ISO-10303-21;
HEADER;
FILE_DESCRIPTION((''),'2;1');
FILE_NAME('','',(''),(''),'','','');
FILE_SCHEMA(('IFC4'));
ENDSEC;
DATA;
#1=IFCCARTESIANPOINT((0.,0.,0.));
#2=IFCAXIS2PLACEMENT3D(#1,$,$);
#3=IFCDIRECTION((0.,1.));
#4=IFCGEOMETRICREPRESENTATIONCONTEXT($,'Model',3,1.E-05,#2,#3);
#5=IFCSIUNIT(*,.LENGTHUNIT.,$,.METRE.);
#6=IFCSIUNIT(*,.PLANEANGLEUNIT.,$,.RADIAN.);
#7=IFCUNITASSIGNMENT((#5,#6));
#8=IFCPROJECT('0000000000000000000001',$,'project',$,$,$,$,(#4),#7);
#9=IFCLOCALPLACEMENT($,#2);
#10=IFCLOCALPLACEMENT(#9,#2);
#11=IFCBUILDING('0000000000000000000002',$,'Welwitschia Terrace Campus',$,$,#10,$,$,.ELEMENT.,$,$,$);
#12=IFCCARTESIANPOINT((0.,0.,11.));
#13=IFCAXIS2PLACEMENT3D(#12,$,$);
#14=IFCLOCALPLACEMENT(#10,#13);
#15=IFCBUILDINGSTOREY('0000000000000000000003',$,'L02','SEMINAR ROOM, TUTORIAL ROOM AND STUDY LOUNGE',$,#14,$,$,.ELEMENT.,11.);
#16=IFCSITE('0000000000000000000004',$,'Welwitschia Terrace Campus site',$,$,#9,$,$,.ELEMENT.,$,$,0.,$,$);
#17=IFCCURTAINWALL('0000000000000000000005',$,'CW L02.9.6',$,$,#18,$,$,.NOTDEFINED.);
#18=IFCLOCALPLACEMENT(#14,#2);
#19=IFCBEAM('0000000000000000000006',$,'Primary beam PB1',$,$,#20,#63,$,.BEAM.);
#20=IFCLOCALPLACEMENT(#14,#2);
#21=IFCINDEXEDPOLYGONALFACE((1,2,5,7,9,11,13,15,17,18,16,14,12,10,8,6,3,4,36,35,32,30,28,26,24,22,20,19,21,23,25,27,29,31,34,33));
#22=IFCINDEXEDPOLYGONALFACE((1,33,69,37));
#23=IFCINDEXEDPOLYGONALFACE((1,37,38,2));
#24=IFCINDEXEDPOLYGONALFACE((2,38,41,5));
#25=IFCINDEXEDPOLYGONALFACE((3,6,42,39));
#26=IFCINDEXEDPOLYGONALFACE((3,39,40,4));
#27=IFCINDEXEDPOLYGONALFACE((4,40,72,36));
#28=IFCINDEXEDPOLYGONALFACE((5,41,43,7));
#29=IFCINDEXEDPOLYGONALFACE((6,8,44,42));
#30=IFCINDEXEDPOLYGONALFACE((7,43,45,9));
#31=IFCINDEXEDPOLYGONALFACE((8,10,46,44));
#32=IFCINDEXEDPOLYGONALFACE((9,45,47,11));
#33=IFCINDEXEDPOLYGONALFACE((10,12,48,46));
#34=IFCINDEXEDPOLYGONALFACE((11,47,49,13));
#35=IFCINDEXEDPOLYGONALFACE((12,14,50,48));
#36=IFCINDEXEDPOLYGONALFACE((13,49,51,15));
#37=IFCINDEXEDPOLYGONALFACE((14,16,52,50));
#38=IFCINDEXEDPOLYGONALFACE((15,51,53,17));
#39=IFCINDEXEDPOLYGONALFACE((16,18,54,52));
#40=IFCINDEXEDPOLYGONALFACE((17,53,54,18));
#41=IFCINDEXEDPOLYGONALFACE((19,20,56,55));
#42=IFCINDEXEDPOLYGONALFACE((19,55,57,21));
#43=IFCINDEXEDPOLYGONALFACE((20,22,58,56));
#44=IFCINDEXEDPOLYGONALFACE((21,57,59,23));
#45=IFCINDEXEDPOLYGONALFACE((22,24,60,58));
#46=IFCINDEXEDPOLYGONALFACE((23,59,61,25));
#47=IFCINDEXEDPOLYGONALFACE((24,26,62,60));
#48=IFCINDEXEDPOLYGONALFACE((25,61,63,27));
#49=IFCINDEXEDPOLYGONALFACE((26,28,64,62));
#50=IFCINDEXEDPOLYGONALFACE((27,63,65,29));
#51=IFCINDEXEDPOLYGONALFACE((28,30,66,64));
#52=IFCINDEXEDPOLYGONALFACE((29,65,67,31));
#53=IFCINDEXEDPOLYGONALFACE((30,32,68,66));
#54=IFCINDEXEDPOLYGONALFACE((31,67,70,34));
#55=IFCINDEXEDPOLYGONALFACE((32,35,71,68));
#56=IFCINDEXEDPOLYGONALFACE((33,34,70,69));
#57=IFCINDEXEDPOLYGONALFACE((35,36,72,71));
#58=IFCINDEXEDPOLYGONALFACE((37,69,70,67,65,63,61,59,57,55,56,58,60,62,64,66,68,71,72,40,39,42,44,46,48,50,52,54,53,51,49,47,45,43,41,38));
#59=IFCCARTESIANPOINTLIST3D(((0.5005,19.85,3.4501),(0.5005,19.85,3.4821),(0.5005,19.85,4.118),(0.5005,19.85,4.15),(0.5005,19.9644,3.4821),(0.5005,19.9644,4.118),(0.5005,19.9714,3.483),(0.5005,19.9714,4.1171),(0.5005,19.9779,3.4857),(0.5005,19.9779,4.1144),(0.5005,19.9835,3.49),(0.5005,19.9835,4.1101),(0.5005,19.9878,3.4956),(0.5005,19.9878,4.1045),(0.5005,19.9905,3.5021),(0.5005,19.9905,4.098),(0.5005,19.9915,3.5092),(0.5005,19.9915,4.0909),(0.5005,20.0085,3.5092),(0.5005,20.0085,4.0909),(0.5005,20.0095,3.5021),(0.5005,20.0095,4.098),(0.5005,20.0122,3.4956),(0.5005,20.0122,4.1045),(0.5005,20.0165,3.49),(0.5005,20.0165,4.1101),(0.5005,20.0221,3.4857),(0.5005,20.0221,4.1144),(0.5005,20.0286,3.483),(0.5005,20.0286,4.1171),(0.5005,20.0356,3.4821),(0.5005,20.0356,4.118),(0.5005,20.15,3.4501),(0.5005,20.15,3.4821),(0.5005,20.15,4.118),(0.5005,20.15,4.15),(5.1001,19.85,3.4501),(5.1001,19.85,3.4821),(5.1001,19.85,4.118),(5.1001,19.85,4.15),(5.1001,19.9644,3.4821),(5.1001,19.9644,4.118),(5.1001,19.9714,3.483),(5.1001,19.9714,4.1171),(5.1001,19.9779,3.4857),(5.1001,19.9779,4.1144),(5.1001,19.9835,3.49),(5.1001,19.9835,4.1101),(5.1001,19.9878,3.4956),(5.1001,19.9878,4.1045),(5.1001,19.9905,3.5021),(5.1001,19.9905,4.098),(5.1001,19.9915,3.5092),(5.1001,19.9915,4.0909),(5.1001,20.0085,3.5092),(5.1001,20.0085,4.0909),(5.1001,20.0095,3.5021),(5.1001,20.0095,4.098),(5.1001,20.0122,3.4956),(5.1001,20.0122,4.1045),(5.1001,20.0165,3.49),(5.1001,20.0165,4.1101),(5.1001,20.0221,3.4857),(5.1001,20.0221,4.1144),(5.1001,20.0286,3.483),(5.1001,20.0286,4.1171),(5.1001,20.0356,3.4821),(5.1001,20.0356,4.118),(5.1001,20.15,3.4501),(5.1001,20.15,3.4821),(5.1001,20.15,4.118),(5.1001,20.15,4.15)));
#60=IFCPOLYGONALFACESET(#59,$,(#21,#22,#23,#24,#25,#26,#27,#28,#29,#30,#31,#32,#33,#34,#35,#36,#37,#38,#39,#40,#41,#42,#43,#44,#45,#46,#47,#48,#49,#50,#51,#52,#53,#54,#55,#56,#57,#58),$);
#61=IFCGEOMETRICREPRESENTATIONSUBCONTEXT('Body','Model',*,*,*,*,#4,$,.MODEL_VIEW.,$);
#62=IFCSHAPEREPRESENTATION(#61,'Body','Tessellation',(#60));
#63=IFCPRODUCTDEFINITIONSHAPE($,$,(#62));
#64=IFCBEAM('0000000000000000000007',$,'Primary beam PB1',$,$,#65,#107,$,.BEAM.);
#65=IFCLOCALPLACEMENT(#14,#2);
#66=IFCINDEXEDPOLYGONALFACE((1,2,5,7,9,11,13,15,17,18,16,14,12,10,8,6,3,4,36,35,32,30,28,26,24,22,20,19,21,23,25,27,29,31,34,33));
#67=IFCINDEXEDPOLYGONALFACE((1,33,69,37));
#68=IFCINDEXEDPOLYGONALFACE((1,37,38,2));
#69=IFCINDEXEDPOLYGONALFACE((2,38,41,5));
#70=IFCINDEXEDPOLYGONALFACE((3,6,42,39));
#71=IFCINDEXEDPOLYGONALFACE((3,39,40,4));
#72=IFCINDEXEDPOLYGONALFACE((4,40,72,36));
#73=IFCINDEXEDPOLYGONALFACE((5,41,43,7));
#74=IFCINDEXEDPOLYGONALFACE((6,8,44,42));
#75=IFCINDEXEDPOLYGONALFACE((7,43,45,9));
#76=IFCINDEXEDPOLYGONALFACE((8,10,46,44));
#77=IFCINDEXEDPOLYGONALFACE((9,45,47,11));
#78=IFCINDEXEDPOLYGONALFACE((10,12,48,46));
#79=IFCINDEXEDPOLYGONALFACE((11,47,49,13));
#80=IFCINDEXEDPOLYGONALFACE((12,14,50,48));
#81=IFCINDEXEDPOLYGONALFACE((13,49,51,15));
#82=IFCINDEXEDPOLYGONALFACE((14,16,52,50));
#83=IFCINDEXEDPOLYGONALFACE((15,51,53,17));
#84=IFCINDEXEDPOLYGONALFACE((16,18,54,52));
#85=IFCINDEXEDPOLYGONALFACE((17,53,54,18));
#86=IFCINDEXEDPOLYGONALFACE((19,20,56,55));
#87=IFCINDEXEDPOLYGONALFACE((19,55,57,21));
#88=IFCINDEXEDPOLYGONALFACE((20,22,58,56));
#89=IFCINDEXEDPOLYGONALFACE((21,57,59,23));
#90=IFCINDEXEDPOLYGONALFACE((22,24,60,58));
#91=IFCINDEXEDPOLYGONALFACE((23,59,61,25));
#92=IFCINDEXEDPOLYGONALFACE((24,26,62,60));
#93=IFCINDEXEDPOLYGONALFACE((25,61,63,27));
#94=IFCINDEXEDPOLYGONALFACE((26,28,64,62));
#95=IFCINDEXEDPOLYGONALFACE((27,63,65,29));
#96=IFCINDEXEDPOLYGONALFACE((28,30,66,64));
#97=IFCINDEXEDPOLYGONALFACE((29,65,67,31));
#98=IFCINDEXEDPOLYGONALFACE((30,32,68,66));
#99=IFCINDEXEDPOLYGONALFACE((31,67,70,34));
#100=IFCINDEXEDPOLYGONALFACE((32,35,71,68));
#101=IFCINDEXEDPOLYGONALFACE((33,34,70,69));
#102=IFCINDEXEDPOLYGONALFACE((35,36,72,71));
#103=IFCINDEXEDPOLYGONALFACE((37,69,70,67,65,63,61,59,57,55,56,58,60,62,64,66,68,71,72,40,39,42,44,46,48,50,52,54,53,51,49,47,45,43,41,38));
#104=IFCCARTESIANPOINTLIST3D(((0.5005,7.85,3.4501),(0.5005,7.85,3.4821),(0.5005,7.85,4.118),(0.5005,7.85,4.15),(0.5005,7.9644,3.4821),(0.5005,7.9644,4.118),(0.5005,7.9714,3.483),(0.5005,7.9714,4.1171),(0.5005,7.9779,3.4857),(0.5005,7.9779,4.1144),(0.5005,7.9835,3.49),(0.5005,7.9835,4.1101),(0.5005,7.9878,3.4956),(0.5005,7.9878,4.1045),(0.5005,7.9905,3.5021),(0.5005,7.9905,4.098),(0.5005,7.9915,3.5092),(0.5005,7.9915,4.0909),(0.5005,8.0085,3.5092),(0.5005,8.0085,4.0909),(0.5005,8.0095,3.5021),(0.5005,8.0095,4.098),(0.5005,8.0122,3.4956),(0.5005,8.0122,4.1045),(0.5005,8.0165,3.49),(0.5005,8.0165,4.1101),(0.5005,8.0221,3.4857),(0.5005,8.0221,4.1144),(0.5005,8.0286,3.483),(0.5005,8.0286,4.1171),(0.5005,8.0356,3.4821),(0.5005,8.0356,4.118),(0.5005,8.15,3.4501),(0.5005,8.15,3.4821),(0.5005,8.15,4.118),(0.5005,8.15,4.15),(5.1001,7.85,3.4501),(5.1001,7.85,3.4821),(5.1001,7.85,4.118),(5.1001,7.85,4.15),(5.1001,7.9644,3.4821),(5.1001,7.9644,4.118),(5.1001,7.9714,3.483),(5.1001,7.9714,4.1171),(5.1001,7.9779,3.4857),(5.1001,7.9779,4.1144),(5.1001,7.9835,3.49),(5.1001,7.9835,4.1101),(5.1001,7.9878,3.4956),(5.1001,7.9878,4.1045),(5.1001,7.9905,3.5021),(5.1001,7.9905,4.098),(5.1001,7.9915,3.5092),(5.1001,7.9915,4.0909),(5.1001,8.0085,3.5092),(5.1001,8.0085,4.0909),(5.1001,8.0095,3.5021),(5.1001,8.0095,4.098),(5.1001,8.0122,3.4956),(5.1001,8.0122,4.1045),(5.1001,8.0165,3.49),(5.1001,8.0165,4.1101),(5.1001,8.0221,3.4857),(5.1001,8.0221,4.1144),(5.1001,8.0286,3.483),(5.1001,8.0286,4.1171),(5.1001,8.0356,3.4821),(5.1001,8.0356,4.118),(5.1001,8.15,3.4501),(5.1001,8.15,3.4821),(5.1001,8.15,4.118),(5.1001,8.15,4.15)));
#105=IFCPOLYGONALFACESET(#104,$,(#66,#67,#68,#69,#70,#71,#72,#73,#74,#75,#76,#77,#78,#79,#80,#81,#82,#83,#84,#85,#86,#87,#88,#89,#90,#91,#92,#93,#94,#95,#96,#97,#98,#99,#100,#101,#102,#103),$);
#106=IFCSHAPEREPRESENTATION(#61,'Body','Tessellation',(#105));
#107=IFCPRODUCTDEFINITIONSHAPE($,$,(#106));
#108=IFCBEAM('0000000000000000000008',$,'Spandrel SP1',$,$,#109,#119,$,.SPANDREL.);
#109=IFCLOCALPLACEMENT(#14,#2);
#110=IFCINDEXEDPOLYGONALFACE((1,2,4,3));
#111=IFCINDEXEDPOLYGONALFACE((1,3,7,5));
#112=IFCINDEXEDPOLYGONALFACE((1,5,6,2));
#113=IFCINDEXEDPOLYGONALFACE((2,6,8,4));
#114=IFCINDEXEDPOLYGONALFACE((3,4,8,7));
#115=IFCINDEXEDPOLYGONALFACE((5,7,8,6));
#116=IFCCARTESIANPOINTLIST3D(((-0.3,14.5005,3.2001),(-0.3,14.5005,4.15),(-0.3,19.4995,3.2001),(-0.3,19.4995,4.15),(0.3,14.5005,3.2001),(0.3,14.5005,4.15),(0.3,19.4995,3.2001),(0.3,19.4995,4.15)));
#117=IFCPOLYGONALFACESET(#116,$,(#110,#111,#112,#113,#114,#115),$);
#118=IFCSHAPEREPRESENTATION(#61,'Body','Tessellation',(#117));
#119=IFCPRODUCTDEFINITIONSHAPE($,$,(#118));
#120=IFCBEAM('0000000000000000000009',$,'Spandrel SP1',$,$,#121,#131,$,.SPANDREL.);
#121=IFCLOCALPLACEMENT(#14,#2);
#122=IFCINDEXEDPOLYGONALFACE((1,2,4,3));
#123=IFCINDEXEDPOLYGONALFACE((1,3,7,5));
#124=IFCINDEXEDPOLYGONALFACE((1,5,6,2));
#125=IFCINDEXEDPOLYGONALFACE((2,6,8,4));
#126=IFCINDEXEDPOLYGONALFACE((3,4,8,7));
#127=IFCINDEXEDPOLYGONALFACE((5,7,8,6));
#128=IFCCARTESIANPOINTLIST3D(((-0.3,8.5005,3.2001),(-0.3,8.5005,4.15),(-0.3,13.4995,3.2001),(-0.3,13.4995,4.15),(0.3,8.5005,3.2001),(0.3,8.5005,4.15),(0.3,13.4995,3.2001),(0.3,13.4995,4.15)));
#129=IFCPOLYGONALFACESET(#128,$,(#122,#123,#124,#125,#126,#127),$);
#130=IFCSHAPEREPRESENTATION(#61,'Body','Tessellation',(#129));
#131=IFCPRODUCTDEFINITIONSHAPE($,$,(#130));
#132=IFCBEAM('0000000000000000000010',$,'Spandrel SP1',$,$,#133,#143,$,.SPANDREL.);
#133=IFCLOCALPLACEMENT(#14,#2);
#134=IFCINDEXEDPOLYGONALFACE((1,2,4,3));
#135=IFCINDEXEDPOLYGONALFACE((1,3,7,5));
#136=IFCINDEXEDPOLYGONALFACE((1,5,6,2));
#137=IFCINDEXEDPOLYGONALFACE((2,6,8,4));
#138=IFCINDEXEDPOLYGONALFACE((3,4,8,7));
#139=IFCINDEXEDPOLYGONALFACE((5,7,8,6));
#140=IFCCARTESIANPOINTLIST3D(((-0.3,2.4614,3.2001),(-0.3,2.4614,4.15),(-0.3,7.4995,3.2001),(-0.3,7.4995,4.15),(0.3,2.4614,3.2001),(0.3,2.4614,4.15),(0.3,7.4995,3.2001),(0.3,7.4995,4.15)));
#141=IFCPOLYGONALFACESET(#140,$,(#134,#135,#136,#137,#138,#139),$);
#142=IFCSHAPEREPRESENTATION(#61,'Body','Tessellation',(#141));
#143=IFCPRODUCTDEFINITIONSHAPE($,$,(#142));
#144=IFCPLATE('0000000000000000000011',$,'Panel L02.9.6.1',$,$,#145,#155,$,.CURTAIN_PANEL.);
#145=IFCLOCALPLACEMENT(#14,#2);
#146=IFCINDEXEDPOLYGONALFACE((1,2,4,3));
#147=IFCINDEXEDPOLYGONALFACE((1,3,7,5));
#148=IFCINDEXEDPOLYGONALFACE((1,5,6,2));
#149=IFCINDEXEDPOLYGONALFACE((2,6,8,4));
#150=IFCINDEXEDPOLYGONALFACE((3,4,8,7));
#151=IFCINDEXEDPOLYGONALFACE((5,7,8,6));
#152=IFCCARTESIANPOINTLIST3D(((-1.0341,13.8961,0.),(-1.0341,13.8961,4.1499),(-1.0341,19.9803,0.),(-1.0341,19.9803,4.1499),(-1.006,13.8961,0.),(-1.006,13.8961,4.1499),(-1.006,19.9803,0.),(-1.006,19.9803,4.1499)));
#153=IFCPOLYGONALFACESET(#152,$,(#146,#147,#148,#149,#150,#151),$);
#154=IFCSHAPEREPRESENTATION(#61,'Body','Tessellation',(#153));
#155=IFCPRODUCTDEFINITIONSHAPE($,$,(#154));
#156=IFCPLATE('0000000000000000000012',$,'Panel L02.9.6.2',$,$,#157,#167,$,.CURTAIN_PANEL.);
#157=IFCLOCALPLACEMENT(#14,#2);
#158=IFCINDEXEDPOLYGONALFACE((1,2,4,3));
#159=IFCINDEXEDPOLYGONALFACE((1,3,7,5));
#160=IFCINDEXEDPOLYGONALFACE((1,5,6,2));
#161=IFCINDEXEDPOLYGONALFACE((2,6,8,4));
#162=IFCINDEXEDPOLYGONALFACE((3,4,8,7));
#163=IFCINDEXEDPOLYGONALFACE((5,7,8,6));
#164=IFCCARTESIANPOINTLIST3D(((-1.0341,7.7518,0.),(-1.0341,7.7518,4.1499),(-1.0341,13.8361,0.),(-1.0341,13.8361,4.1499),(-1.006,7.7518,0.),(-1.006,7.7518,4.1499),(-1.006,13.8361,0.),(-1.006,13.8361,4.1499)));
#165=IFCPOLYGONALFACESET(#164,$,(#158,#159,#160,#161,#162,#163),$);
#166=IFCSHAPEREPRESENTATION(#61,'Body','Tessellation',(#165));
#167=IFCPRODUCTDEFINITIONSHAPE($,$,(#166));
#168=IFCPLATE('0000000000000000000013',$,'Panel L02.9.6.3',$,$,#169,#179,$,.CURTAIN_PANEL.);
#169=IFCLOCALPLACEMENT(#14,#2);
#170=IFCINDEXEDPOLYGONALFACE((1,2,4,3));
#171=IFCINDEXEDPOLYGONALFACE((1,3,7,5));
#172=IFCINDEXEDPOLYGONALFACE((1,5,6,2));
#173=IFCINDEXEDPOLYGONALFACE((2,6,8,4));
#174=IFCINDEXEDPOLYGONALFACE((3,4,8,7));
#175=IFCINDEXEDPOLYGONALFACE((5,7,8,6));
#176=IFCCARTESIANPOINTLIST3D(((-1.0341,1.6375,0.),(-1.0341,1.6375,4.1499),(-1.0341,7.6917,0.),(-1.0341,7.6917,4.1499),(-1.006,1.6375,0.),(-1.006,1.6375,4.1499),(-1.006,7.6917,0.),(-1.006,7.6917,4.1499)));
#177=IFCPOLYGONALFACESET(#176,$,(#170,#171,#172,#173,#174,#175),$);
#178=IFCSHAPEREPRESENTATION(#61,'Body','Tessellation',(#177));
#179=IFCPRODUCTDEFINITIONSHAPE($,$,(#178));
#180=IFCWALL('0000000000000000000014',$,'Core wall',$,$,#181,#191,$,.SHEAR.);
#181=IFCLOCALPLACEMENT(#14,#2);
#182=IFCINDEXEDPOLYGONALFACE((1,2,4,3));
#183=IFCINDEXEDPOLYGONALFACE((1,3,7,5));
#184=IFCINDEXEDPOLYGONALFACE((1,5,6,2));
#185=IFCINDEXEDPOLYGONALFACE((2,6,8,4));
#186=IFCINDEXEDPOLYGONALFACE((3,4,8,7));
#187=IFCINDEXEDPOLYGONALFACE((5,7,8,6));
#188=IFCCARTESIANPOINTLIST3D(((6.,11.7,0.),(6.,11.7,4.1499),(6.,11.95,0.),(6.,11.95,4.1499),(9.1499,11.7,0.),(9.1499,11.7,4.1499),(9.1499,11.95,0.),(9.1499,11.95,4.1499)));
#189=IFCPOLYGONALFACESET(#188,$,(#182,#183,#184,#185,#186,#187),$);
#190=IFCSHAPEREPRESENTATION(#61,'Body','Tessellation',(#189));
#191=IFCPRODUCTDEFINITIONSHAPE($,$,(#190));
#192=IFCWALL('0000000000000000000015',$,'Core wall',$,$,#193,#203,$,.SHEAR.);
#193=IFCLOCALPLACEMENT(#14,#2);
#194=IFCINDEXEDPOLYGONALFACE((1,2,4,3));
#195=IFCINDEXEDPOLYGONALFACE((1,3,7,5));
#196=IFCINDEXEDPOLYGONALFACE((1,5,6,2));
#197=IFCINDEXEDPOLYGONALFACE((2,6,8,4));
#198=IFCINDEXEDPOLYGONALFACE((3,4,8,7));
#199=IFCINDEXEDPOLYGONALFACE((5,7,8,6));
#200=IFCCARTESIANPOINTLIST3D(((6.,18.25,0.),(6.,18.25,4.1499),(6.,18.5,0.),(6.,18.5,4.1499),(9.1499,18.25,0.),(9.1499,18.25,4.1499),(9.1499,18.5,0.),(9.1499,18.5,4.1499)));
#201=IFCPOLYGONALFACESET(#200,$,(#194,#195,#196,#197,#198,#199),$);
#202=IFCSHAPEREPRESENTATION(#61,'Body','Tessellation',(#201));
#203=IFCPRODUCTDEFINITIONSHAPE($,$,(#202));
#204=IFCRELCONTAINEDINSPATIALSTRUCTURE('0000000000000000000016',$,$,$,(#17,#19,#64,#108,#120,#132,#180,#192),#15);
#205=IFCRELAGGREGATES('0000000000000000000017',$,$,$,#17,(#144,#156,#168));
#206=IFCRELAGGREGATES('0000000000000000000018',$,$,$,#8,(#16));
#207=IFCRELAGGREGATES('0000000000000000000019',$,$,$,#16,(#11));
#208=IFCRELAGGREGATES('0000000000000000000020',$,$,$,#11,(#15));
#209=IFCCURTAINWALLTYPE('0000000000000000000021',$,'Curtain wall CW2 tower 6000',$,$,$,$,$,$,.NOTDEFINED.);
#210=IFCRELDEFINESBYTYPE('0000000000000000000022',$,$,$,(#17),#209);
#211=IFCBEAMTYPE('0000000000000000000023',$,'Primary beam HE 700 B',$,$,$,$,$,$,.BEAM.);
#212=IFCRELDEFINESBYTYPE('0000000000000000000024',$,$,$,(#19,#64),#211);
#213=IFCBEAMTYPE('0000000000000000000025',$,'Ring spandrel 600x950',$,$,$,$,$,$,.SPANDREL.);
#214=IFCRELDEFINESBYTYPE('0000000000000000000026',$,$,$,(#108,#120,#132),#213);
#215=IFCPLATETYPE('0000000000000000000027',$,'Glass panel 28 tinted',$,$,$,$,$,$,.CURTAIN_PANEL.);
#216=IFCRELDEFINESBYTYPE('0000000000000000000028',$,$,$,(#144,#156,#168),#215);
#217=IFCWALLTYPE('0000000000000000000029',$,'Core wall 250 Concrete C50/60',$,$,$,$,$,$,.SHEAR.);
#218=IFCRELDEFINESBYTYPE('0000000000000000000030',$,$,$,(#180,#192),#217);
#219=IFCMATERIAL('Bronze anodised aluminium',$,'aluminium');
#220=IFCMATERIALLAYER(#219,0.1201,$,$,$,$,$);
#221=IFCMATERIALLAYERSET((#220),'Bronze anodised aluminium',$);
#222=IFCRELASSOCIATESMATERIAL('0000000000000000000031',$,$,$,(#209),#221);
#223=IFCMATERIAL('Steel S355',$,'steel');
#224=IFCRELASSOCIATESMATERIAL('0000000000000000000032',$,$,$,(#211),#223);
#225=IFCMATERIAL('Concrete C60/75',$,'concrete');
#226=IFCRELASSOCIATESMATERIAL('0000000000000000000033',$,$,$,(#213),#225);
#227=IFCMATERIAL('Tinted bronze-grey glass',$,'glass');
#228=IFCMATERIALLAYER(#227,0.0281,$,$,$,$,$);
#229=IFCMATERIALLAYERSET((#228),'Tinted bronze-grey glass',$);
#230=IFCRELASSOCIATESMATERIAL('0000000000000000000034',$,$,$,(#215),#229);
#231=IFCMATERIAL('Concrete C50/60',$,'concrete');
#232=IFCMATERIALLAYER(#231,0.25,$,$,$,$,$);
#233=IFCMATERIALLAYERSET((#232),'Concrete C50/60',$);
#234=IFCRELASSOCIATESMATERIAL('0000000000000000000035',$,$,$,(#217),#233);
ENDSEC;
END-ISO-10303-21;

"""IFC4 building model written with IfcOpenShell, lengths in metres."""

from ifc_helpers import new_model, si_unit, direction, frame, frame_2d, origin, origin_2d, place, context, subcontext, project, spatial, rectangle, i_section, extrude, material, layer, layer_set, material_profile, profile_set, type_object, element, aggregate, save


model = new_model("IFC4")

# Units and contexts
model_context = context("Model", 3, precision=1e-05, world=origin(), true_north=direction((0.0, 1.0)))
body_context = subcontext(model_context, "Body", "Model", "MODEL_VIEW")
ifc_project = project(units=[si_unit("LENGTHUNIT", "METRE"), si_unit("PLANEANGLEUNIT", "RADIAN")], contexts=[model_context])

# Site, building, storey
site_placement = place(None, origin())
site = spatial("IfcSite", under=ifc_project, at=site_placement, Name="Welwitschia Terrace Campus site", CompositionType="ELEMENT", RefElevation=0.0)
building_placement = place(site_placement, origin())
building = spatial("IfcBuilding", under=site, at=building_placement, Name="Welwitschia Terrace Campus", CompositionType="ELEMENT")
storey_placement = place(building_placement, frame((0.0, 0.0, 11.0)))
storey = spatial("IfcBuildingStorey", under=building, at=storey_placement, Name="L02", Description="SEMINAR ROOM, TUTORIAL ROOM AND STUDY LOUNGE", CompositionType="ELEMENT", Elevation=11.0)

# Curtain wall
ifc_material_1 = material(Name="Bronze anodised aluminium", Category="aluminium")
ifc_layer_1 = layer(ifc_material_1, 0.1201)
ifc_layer_set_1 = layer_set([ifc_layer_1], Name="Bronze anodised aluminium")
curtain_wall_type = type_object("IfcCurtainWallType", Name="Curtain wall CW2 tower 6000", PredefinedType="NOTDEFINED", material=ifc_layer_set_1)
curtain_wall_placement = place(storey_placement, origin())
curtain_wall = element("IfcCurtainWall", 1, at=curtain_wall_placement, inside=storey, type_object=curtain_wall_type, Name="CW L02.9.6", PredefinedType="NOTDEFINED")

# Beams
ifc_material_2 = material(Name="Steel S355", Category="steel")
ifc_material_profile_1 = material_profile(ifc_material_2, i_section(OverallWidth=0.3, OverallDepth=0.7, WebThickness=0.0171, FlangeThickness=0.032, FilletRadius=0.0271, at=origin_2d()))
ifc_profile_set_1 = profile_set([ifc_material_profile_1], Name="Steel S355")
beam_type_1 = type_object("IfcBeamType", Name="Primary beam HE 700 B", PredefinedType="BEAM", material=ifc_profile_set_1)
for number, where, z_axis, x_axis, name in (
    (2, (0.5005, 20.0, 3.8), (1.0, 0.0, 0.0), (0.0, 1.0, 0.0), "Primary beam PB1"),
    (3, (0.5005, 8.0, 3.8), (1.0, 0.0, 0.0), (0.0, 1.0, 0.0), "Primary beam PB1"),
):
    element("IfcBeam", number, at=place(storey_placement, frame(where, z_axis=z_axis, x_axis=x_axis)), inside=storey, type_object=beam_type_1, Name=name, PredefinedType="BEAM", context=body_context, shape_type="SweptSolid", body=[
        extrude(i_section(OverallWidth=0.3, OverallDepth=0.7, WebThickness=0.0171, FlangeThickness=0.032, FilletRadius=0.0271, at=origin_2d()), origin(), (0.0, 0.0, 1.0), 4.5996),
    ])
ifc_material_3 = material(Name="Concrete C60/75", Category="concrete")
ifc_material_profile_2 = material_profile(ifc_material_3, rectangle(XDim=0.6001, YDim=0.95, at=origin_2d()))
ifc_profile_set_2 = profile_set([ifc_material_profile_2], Name="Concrete C60/75")
beam_type_2 = type_object("IfcBeamType", Name="Ring spandrel 600x950", PredefinedType="SPANDREL", material=ifc_profile_set_2)
for number, where, z_axis, x_axis, name in (
    (4, (0.0, 19.4995, 3.675), (0.0, -1.0, 0.0), (1.0, 0.0, 0.0), "Spandrel SP1"),
    (5, (0.0, 13.4995, 3.675), (0.0, -1.0, 0.0), (1.0, 0.0, 0.0), "Spandrel SP1"),
):
    element("IfcBeam", number, at=place(storey_placement, frame(where, z_axis=z_axis, x_axis=x_axis)), inside=storey, type_object=beam_type_2, Name=name, PredefinedType="SPANDREL", context=body_context, shape_type="SweptSolid", body=[
        extrude(rectangle(XDim=0.6001, YDim=0.95, at=origin_2d()), origin(), (0.0, 0.0, 1.0), 4.999),
    ])
beam_placement = place(storey_placement, frame((0.0, 7.4995, 3.675), z_axis=(0.0, -1.0, 0.0), x_axis=(1.0, 0.0, 0.0)))
element("IfcBeam", 6, at=beam_placement, inside=storey, type_object=beam_type_2, Name="Spandrel SP1", PredefinedType="SPANDREL", context=body_context, shape_type="SweptSolid", body=[
    extrude(rectangle(XDim=0.6001, YDim=0.95, at=origin_2d()), origin(), (0.0, 0.0, 1.0), 5.0381),
])

# Plates
ifc_material_4 = material(Name="Tinted bronze-grey glass", Category="glass")
ifc_layer_2 = layer(ifc_material_4, 0.0281)
ifc_layer_set_2 = layer_set([ifc_layer_2], Name="Tinted bronze-grey glass")
plate_type = type_object("IfcPlateType", Name="Glass panel 28 tinted", PredefinedType="CURTAIN_PANEL", material=ifc_layer_set_2)
plate_1_placement = place(storey_placement, frame((-1.02, 16.9382, 0.0), z_axis=(0.0, 0.0, 1.0), x_axis=(0.0, -1.0, 0.0)))
plate_1 = element("IfcPlate", 7, at=plate_1_placement, type_object=plate_type, Name="Panel L02.9.6.1", PredefinedType="CURTAIN_PANEL", context=body_context, shape_type="SweptSolid", body=[
    extrude(rectangle(XDim=6.0842, YDim=0.0281, at=origin_2d()), origin(), (0.0, 0.0, 1.0), 4.1499),
])
plate_2_placement = place(storey_placement, frame((-1.02, 10.7939, 0.0), z_axis=(0.0, 0.0, 1.0), x_axis=(0.0, -1.0, 0.0)))
plate_2 = element("IfcPlate", 8, at=plate_2_placement, type_object=plate_type, Name="Panel L02.9.6.2", PredefinedType="CURTAIN_PANEL", context=body_context, shape_type="SweptSolid", body=[
    extrude(rectangle(XDim=6.0842, YDim=0.0281, at=origin_2d()), origin(), (0.0, 0.0, 1.0), 4.1499),
])
plate_3_placement = place(storey_placement, frame((-1.02, 4.6646, 0.0), z_axis=(0.0, 0.0, 1.0), x_axis=(0.0, -1.0, 0.0)))
plate_3 = element("IfcPlate", 9, at=plate_3_placement, type_object=plate_type, Name="Panel L02.9.6.3", PredefinedType="CURTAIN_PANEL", context=body_context, shape_type="SweptSolid", body=[
    extrude(rectangle(XDim=6.0542, YDim=0.0281, at=origin_2d()), origin(), (0.0, 0.0, 1.0), 4.1499),
])
aggregate(curtain_wall, [plate_1, plate_2, plate_3])

# Walls
ifc_material_5 = material(Name="Concrete C50/60", Category="concrete")
ifc_layer_3 = layer(ifc_material_5, 0.25)
ifc_layer_set_3 = layer_set([ifc_layer_3], Name="Concrete C50/60")
wall_type_1 = type_object("IfcWallType", Name="Core wall 250 Concrete C50/60", PredefinedType="SHEAR", material=ifc_layer_set_3)
for number, where, z_axis, x_axis, name in (
    (10, (6.0, 11.825, 0.0), (0.0, 0.0, 1.0), (1.0, 0.0, 0.0), "Core wall"),
    (11, (6.0, 18.375, 0.0), (0.0, 0.0, 1.0), (1.0, 0.0, 0.0), "Core wall"),
):
    element("IfcWall", number, at=place(storey_placement, frame(where, z_axis=z_axis, x_axis=x_axis)), inside=storey, type_object=wall_type_1, Name=name, PredefinedType="SHEAR", context=body_context, shape_type="SweptSolid", body=[
        extrude(rectangle(XDim=3.1499, YDim=0.25, at=frame_2d((1.575, 0.0))), origin(), (0.0, 0.0, 1.0), 4.1499),
    ])

save(model, "model.ifc")
